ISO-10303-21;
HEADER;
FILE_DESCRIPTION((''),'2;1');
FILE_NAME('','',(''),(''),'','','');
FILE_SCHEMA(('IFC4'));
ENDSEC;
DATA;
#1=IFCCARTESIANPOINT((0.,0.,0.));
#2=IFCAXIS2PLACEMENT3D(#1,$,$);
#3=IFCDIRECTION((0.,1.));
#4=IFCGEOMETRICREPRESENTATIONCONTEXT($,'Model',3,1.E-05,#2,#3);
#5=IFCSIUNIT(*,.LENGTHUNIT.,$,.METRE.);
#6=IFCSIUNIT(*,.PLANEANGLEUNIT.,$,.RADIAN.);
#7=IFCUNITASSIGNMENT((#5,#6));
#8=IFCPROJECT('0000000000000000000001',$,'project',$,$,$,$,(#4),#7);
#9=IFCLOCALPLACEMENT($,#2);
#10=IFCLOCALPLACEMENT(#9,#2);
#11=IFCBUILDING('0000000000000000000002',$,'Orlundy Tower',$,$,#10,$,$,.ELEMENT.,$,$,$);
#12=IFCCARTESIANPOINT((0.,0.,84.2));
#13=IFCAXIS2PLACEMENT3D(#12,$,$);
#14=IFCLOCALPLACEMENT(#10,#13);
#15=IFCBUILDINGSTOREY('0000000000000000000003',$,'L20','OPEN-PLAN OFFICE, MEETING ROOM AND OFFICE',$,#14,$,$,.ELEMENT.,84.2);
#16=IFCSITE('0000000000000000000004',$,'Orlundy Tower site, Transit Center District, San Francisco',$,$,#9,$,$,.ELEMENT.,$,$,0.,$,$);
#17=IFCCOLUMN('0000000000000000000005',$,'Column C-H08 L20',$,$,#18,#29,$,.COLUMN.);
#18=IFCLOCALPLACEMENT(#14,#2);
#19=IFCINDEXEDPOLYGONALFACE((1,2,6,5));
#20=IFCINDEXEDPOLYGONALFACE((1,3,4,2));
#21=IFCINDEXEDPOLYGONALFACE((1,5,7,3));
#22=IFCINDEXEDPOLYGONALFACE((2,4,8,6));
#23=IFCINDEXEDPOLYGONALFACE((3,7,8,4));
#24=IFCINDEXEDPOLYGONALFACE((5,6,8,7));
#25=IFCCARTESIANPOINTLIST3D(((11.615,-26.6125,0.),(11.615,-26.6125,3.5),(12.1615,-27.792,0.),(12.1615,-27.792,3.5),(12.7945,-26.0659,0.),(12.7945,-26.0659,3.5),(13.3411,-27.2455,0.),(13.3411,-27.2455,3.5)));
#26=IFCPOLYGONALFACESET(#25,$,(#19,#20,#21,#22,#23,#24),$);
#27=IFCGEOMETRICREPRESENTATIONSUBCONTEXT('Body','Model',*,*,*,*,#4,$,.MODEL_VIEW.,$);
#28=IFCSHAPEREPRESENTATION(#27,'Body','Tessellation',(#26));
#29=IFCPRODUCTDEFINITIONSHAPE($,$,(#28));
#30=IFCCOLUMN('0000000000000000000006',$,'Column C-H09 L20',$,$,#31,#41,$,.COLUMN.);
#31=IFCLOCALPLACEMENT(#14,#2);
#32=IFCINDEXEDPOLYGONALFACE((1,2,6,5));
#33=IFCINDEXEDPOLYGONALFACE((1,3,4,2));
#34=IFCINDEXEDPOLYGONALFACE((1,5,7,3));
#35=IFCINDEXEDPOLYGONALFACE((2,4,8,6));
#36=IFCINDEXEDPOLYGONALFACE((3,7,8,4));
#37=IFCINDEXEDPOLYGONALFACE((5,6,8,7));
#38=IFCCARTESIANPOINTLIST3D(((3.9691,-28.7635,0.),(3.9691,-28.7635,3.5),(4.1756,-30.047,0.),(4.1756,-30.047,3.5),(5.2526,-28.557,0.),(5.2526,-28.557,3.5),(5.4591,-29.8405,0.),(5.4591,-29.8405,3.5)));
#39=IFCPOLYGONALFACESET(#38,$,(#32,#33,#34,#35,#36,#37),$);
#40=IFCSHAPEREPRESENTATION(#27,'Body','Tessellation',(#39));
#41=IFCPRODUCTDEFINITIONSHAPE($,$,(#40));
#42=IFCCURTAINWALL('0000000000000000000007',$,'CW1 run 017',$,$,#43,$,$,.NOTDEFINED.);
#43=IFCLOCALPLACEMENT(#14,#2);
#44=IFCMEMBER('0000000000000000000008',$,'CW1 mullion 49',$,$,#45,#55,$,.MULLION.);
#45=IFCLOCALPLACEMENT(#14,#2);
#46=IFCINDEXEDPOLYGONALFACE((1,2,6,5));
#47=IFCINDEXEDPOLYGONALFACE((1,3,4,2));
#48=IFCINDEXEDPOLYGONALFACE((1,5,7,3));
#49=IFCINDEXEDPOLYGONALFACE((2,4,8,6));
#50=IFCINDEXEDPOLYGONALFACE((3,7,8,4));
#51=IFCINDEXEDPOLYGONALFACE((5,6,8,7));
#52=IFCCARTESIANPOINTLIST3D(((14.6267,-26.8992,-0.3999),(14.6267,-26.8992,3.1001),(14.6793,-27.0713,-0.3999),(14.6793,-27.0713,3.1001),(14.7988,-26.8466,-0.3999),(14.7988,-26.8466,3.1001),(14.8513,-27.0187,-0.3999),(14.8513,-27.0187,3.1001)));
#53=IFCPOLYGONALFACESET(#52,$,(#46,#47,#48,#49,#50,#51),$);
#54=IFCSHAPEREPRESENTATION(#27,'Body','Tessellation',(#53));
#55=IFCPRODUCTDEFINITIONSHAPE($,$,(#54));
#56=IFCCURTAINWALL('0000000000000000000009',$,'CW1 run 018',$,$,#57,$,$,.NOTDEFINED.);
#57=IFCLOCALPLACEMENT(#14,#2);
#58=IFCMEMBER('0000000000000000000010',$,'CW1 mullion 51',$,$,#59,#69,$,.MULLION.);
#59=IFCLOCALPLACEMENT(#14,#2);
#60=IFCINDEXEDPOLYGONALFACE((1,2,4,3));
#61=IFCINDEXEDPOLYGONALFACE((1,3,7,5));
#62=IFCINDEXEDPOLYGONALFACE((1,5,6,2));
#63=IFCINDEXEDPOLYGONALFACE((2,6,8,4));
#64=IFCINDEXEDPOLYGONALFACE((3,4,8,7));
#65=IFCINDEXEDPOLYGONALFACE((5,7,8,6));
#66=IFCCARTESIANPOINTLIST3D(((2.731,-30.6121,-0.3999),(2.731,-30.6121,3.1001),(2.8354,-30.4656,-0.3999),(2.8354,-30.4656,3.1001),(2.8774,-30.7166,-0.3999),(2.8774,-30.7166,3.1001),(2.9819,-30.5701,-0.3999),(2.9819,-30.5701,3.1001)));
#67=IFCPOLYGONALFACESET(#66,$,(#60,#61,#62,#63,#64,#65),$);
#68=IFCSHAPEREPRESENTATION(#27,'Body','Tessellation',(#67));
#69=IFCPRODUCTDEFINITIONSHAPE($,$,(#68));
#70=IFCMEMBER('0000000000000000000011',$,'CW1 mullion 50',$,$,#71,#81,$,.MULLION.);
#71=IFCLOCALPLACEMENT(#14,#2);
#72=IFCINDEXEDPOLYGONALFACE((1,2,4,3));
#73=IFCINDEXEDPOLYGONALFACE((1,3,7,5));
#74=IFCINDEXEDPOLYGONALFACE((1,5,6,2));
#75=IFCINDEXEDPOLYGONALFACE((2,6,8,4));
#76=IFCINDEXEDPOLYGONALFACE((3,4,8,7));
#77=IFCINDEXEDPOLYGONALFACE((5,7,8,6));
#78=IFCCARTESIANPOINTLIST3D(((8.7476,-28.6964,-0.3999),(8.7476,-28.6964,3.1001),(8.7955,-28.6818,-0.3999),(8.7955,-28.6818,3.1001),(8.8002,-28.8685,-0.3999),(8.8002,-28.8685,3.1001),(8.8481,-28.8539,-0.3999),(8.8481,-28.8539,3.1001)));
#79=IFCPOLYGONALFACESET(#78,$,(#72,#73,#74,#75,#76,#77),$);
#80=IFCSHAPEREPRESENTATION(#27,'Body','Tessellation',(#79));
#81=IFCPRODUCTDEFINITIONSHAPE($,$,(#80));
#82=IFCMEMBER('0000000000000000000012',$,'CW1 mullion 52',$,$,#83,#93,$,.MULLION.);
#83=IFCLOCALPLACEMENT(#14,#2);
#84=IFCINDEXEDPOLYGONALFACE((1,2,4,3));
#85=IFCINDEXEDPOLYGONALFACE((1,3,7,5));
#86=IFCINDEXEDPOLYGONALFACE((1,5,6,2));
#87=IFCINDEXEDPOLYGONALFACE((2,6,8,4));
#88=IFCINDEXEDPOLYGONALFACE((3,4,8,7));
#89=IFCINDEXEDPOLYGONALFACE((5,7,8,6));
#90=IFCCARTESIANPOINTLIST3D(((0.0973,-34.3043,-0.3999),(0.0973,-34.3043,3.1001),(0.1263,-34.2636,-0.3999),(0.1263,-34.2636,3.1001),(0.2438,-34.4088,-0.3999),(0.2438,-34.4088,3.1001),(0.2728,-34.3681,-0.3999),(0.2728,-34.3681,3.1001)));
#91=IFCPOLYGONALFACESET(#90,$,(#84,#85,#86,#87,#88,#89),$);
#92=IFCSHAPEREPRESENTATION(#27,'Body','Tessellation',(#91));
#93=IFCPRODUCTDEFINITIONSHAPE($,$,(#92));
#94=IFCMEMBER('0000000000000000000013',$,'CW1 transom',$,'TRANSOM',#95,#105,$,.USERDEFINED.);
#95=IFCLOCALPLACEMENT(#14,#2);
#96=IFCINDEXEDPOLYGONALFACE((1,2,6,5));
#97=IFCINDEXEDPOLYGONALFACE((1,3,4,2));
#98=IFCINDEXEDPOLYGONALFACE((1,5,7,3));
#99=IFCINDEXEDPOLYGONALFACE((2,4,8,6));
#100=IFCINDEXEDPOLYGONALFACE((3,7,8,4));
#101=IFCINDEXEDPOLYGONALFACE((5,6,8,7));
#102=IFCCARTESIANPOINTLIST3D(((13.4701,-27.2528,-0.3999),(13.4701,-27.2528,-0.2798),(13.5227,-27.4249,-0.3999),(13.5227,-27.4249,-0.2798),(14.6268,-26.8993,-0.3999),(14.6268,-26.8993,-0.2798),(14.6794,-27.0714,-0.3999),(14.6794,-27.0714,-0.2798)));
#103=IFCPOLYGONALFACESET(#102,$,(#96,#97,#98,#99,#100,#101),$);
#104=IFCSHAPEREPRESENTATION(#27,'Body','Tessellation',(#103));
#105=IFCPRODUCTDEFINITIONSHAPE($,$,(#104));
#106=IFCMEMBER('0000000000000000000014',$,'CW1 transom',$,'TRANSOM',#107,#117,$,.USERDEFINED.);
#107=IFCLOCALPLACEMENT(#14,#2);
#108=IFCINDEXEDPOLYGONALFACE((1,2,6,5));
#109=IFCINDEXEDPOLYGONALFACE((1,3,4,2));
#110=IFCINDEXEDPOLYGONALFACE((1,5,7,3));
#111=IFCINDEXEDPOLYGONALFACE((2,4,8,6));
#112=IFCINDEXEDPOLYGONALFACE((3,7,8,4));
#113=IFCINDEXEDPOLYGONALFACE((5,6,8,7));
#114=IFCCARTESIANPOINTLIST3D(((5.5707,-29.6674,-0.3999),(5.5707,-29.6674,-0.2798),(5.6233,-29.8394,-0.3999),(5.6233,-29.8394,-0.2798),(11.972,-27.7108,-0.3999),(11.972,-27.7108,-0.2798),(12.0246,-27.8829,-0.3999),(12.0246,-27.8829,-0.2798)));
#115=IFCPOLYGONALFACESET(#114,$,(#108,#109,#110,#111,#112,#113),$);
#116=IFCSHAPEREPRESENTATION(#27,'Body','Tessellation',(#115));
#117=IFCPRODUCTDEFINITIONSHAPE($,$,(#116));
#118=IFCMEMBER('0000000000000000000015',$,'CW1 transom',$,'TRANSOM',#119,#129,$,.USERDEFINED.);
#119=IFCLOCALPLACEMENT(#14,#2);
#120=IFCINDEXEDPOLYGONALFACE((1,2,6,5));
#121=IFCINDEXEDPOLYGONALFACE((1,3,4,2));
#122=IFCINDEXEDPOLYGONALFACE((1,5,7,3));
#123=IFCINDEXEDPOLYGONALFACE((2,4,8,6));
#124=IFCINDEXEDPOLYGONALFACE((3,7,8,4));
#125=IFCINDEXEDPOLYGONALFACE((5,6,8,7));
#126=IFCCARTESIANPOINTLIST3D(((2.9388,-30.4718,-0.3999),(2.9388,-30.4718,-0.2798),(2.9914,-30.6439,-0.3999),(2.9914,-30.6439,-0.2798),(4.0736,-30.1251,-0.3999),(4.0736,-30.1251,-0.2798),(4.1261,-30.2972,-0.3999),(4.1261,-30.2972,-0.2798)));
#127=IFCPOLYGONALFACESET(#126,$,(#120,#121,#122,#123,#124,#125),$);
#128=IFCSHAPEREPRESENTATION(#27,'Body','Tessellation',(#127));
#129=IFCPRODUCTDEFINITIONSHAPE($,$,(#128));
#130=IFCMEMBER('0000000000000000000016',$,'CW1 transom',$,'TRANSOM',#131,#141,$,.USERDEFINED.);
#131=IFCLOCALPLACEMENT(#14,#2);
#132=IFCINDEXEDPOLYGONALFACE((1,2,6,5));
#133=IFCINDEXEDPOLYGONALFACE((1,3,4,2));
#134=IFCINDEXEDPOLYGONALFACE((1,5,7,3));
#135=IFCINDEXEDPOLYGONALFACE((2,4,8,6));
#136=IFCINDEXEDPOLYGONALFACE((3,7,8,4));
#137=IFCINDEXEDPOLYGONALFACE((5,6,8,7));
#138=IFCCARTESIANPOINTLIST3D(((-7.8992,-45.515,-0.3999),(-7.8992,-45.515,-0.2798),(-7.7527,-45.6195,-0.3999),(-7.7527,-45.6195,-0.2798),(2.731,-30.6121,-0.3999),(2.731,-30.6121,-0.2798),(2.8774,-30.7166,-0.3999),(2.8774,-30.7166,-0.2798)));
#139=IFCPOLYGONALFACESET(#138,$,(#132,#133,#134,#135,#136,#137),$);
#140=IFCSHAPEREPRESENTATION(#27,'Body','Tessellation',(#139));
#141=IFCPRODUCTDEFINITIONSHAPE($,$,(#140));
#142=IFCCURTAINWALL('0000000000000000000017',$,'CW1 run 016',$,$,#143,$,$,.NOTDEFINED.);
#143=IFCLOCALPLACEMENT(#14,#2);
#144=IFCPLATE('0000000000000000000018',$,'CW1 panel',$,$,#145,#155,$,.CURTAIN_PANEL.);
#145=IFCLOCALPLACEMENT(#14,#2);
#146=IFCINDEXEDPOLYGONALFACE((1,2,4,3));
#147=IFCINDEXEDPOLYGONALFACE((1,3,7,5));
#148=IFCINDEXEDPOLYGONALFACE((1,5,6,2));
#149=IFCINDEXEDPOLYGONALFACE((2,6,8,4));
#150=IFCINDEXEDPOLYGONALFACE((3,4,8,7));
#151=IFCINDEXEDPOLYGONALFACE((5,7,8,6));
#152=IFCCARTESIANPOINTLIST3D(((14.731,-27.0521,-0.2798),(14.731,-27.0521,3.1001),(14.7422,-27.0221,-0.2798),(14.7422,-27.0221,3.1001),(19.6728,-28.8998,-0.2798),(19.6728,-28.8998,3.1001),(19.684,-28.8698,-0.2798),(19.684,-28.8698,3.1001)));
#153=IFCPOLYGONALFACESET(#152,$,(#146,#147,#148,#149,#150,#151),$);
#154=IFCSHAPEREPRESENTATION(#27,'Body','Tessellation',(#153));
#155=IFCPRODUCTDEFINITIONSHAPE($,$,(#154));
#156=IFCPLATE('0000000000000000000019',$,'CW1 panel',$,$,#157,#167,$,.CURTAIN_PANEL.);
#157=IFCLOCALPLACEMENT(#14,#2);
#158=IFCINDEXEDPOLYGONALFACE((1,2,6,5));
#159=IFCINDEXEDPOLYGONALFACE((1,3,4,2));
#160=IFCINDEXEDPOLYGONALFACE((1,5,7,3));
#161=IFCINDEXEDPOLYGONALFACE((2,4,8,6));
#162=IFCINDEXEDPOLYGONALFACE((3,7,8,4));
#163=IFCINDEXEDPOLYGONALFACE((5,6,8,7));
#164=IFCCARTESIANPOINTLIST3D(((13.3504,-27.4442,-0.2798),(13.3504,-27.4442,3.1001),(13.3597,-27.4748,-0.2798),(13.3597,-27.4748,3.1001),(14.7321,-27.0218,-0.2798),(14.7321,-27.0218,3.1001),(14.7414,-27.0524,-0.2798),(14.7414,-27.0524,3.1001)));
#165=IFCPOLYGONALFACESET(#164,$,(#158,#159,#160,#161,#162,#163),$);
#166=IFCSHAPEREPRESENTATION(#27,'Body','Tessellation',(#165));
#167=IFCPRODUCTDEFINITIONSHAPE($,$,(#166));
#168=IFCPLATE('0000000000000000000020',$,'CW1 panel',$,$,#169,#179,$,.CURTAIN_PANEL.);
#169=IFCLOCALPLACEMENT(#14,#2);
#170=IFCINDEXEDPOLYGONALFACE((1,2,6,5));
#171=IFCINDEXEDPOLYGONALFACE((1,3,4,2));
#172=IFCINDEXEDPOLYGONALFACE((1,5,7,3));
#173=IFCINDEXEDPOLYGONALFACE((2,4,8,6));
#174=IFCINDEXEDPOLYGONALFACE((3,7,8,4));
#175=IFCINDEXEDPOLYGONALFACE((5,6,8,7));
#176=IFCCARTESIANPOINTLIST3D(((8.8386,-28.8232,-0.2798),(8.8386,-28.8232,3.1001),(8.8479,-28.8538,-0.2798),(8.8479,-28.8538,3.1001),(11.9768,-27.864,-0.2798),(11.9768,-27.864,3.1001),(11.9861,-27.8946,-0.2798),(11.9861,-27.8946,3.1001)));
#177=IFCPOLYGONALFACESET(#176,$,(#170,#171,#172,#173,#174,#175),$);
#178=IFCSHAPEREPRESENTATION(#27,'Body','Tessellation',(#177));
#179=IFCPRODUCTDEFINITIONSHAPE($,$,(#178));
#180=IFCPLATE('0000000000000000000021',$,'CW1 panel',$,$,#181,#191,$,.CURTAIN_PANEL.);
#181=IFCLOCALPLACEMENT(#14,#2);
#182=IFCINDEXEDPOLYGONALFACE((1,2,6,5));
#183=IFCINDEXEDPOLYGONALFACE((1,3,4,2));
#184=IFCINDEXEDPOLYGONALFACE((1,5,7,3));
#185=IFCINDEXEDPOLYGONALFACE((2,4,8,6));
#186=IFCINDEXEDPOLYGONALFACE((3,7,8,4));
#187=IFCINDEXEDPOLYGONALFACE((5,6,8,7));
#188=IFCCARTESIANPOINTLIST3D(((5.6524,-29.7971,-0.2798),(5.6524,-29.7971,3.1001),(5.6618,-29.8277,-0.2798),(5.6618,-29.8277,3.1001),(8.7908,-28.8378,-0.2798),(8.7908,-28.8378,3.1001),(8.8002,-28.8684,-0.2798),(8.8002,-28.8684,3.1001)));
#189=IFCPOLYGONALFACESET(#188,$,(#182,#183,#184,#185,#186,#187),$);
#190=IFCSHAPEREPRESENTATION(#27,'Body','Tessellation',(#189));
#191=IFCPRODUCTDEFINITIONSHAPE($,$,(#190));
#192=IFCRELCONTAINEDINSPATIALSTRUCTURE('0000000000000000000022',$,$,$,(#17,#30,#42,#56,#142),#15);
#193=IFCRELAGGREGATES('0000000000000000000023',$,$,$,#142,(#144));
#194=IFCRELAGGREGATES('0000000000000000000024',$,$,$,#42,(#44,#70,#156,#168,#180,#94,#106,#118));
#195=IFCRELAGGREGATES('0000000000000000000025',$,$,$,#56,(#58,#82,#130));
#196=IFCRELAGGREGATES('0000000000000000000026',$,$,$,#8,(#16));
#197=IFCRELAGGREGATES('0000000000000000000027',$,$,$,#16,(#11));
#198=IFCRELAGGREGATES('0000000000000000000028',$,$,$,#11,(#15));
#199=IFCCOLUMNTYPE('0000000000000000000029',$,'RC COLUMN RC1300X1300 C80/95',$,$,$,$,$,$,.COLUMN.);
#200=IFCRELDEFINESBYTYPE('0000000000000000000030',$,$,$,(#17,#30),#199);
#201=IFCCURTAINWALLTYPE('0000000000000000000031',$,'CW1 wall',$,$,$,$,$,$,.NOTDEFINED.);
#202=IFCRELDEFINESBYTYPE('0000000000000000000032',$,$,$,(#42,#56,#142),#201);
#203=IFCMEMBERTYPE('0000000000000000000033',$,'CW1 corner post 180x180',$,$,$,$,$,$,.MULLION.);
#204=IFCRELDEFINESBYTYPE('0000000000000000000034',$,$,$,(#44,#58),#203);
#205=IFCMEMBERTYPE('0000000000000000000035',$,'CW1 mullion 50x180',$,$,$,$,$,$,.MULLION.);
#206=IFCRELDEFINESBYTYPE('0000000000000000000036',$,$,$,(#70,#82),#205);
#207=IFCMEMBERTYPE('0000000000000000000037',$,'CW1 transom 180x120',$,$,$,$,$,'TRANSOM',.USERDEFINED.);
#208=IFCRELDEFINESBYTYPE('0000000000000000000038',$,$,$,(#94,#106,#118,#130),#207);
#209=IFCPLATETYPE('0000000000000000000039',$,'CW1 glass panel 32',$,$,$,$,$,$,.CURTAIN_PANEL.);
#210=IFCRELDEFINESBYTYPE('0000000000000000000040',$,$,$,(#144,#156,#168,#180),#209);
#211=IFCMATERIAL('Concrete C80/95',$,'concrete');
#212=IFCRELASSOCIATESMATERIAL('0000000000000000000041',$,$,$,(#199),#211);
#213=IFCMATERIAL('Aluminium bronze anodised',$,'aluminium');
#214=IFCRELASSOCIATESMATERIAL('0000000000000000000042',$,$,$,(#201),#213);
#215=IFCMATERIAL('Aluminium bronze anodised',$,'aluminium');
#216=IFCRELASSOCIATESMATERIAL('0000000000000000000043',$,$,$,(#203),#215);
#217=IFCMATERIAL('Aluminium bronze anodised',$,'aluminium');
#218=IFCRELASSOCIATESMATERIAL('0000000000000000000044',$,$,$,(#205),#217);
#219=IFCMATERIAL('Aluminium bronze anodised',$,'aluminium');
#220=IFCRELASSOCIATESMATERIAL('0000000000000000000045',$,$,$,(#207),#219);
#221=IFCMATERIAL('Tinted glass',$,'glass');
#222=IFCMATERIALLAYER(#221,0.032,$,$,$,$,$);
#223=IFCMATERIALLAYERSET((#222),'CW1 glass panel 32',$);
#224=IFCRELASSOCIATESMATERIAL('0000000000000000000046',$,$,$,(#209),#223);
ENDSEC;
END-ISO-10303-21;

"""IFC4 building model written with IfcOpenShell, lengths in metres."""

from ifc_helpers import new_model, si_unit, direction, frame, origin, origin_2d, place, context, subcontext, project, spatial, rectangle, extrude, material, layer, layer_set, material_profile, profile_set, type_object, element, aggregate, save


model = new_model("IFC4")

# Units and contexts
model_context = context("Model", 3, precision=1e-05, world=origin(), true_north=direction((0.0, 1.0)))
body_context = subcontext(model_context, "Body", "Model", "MODEL_VIEW")
ifc_project = project(units=[si_unit("LENGTHUNIT", "METRE"), si_unit("PLANEANGLEUNIT", "RADIAN")], contexts=[model_context])

# Site, building, storey
site_placement = place(None, origin())
site = spatial("IfcSite", under=ifc_project, at=site_placement, Name="Orlundy Tower site, Transit Center District, San Francisco", CompositionType="ELEMENT", RefElevation=0.0)
building_placement = place(site_placement, origin())
building = spatial("IfcBuilding", under=site, at=building_placement, Name="Orlundy Tower", CompositionType="ELEMENT")
storey_placement = place(building_placement, frame((0.0, 0.0, 84.2)))
storey = spatial("IfcBuildingStorey", under=building, at=storey_placement, Name="L20", Description="OPEN-PLAN OFFICE, MEETING ROOM AND OFFICE", CompositionType="ELEMENT", Elevation=84.2)

# Columns
ifc_material_1 = material(Name="Concrete C80/95", Category="concrete")
ifc_material_profile_1 = material_profile(ifc_material_1, rectangle(XDim=1.3, YDim=1.3, at=origin_2d()), Name="RC1300X1300")
ifc_profile_set_1 = profile_set([ifc_material_profile_1], Name="Concrete C80/95")
column_type = type_object("IfcColumnType", Name="RC COLUMN RC1300X1300 C80/95", PredefinedType="COLUMN", material=ifc_profile_set_1)
for number, where, z_axis, x_axis, name in (
    (1, (12.478, -26.929, 0.0), (0.0, 0.0, 1.0), (0.420418, -0.90733, 0.0), "Column C-H08 L20"),
    (2, (4.7141, -29.302, 0.0), (0.0, 0.0, 1.0), (0.15883, -0.987306, 0.0), "Column C-H09 L20"),
):
    element("IfcColumn", number, at=place(storey_placement, frame(where, z_axis=z_axis, x_axis=x_axis)), inside=storey, type_object=column_type, Name=name, PredefinedType="COLUMN", context=body_context, shape_type="SweptSolid", body=[
        extrude(rectangle(XDim=1.3, YDim=1.3, at=origin_2d()), origin(), (0.0, 0.0, 1.0), 3.5),
    ])

# Curtain walls, members
ifc_material_2 = material(Name="Aluminium bronze anodised", Category="aluminium")
curtain_wall_type = type_object("IfcCurtainWallType", Name="CW1 wall", PredefinedType="NOTDEFINED", material=ifc_material_2)
curtain_wall_1_placement = place(storey_placement, origin())
curtain_wall_1 = element("IfcCurtainWall", 3, at=curtain_wall_1_placement, inside=storey, type_object=curtain_wall_type, Name="CW1 run 017", PredefinedType="NOTDEFINED")
ifc_material_3 = material(Name="Aluminium bronze anodised", Category="aluminium")
ifc_material_profile_2 = material_profile(ifc_material_3, rectangle(XDim=0.1799, YDim=0.1799, at=origin_2d()), Name="CW1 corner post 180x180")
ifc_profile_set_2 = profile_set([ifc_material_profile_2], Name="Aluminium bronze anodised")
member_type_1 = type_object("IfcMemberType", Name="CW1 corner post 180x180", PredefinedType="MULLION", material=ifc_profile_set_2)
member_1_placement = place(storey_placement, frame((14.739, -26.959, -0.3999), z_axis=(0.0, 0.0, 1.0), x_axis=(0.292318, -0.956321, 0.0)))
member_1 = element("IfcMember", 4, at=member_1_placement, type_object=member_type_1, Name="CW1 mullion 49", PredefinedType="MULLION", context=body_context, shape_type="SweptSolid", body=[
    extrude(rectangle(XDim=0.1799, YDim=0.1799, at=origin_2d()), origin(), (0.0, 0.0, 1.0), 3.5),
])
curtain_wall_2_placement = place(storey_placement, origin())
curtain_wall_2 = element("IfcCurtainWall", 5, at=curtain_wall_2_placement, inside=storey, type_object=curtain_wall_type, Name="CW1 run 018", PredefinedType="NOTDEFINED")
member_2_placement = place(storey_placement, frame((2.8564, -30.5911, -0.3999), z_axis=(0.0, 0.0, 1.0), x_axis=(0.81411, -0.58071, 0.0)))
member_2 = element("IfcMember", 6, at=member_2_placement, type_object=member_type_1, Name="CW1 mullion 51", PredefinedType="MULLION", context=body_context, shape_type="SweptSolid", body=[
    extrude(rectangle(XDim=0.1799, YDim=0.1799, at=origin_2d()), origin(), (0.0, 0.0, 1.0), 3.5),
])

# Members
ifc_material_4 = material(Name="Aluminium bronze anodised", Category="aluminium")
ifc_material_profile_3 = material_profile(ifc_material_4, rectangle(XDim=0.1799, YDim=0.05, at=origin_2d()), Name="CW1 mullion 50x180")
ifc_profile_set_3 = profile_set([ifc_material_profile_3], Name="Aluminium bronze anodised")
member_type_2 = type_object("IfcMemberType", Name="CW1 mullion 50x180", PredefinedType="MULLION", material=ifc_profile_set_3)
member_3_placement = place(storey_placement, frame((8.7979, -28.7751, -0.3999), z_axis=(0.0, 0.0, 1.0), x_axis=(0.292318, -0.956321, 0.0)))
member_3 = element("IfcMember", 7, at=member_3_placement, type_object=member_type_2, Name="CW1 mullion 50", PredefinedType="MULLION", context=body_context, shape_type="SweptSolid", body=[
    extrude(rectangle(XDim=0.1799, YDim=0.05, at=origin_2d()), origin(), (0.0, 0.0, 1.0), 3.5),
])
member_4_placement = place(storey_placement, frame((0.1851, -34.3362, -0.3999), z_axis=(0.0, 0.0, 1.0), x_axis=(0.81411, -0.58071, 0.0)))
member_4 = element("IfcMember", 8, at=member_4_placement, type_object=member_type_2, Name="CW1 mullion 52", PredefinedType="MULLION", context=body_context, shape_type="SweptSolid", body=[
    extrude(rectangle(XDim=0.1799, YDim=0.05, at=origin_2d()), origin(), (0.0, 0.0, 1.0), 3.5),
])
ifc_material_5 = material(Name="Aluminium bronze anodised", Category="aluminium")
ifc_material_profile_4 = material_profile(ifc_material_5, rectangle(XDim=0.1799, YDim=0.1201, at=origin_2d()), Name="CW1 transom 180x120")
ifc_profile_set_4 = profile_set([ifc_material_profile_4], Name="Aluminium bronze anodised")
member_type_3 = type_object("IfcMemberType", Name="CW1 transom 180x120", ElementType="TRANSOM", PredefinedType="USERDEFINED", material=ifc_profile_set_4)
member_5_placement = place(storey_placement, frame((14.6531, -26.9854, -0.3398), z_axis=(-0.956336, -0.29227, 0.0), x_axis=(0.29227, -0.956336, 0.0)))
member_5 = element("IfcMember", 9, at=member_5_placement, type_object=member_type_3, Name="CW1 transom", ObjectType="TRANSOM", PredefinedType="USERDEFINED", context=body_context, shape_type="SweptSolid", body=[
    extrude(rectangle(XDim=0.1799, YDim=0.1201, at=origin_2d()), origin(), (0.0, 0.0, 1.0), 1.2095),
])
member_6_placement = place(storey_placement, frame((11.9983, -27.7969, -0.3398), z_axis=(-0.956328, -0.292296, 0.0), x_axis=(0.292296, -0.956328, 0.0)))
member_6 = element("IfcMember", 10, at=member_6_placement, type_object=member_type_3, Name="CW1 transom", ObjectType="TRANSOM", PredefinedType="USERDEFINED", context=body_context, shape_type="SweptSolid", body=[
    extrude(rectangle(XDim=0.1799, YDim=0.1201, at=origin_2d()), origin(), (0.0, 0.0, 1.0), 6.6936),
])
member_7_placement = place(storey_placement, frame((4.0999, -30.2112, -0.3398), z_axis=(-0.956364, -0.292177, 0.0), x_axis=(0.292177, -0.956364, 0.0)))
member_7 = element("IfcMember", 11, at=member_7_placement, type_object=member_type_3, Name="CW1 transom", ObjectType="TRANSOM", PredefinedType="USERDEFINED", context=body_context, shape_type="SweptSolid", body=[
    extrude(rectangle(XDim=0.1799, YDim=0.1201, at=origin_2d()), origin(), (0.0, 0.0, 1.0), 1.1865),
])
member_8_placement = place(storey_placement, frame((2.8042, -30.6643, -0.3398), z_axis=(-0.580704, -0.814114, 0.0), x_axis=(0.814114, -0.580704, 0.0)))
member_8 = element("IfcMember", 12, at=member_8_placement, type_object=member_type_3, Name="CW1 transom", ObjectType="TRANSOM", PredefinedType="USERDEFINED", context=body_context, shape_type="SweptSolid", body=[
    extrude(rectangle(XDim=0.1799, YDim=0.1201, at=origin_2d()), origin(), (0.0, 0.0, 1.0), 18.3057),
])

# Curtain wall, plate
curtain_wall_3_placement = place(storey_placement, origin())
curtain_wall_3 = element("IfcCurtainWall", 13, at=curtain_wall_3_placement, inside=storey, type_object=curtain_wall_type, Name="CW1 run 016", PredefinedType="NOTDEFINED")
ifc_material_6 = material(Name="Tinted glass", Category="glass")
ifc_layer_1 = layer(ifc_material_6, 0.032)
ifc_layer_set_1 = layer_set([ifc_layer_1], Name="CW1 glass panel 32")
plate_type = type_object("IfcPlateType", Name="CW1 glass panel 32", PredefinedType="CURTAIN_PANEL", material=ifc_layer_set_1)
plate_1_placement = place(storey_placement, frame((17.2075, -27.9609, -0.2798), z_axis=(0.0, 0.0, 1.0), x_axis=(-0.936668, 0.350219, 0.0)))
plate_1 = element("IfcPlate", 14, at=plate_1_placement, type_object=plate_type, Name="CW1 panel", PredefinedType="CURTAIN_PANEL", context=body_context, shape_type="SweptSolid", body=[
    extrude(rectangle(XDim=5.2759, YDim=0.032, at=origin_2d()), origin(), (0.0, 0.0, 1.0), 3.3799),
])
aggregate(curtain_wall_3, [plate_1])

# Plates
plate_2_placement = place(storey_placement, frame((14.0459, -27.2483, -0.2798), z_axis=(0.0, 0.0, 1.0), x_axis=(-0.956321, -0.292318, 0.0)))
plate_2 = element("IfcPlate", 15, at=plate_2_placement, type_object=plate_type, Name="CW1 panel", PredefinedType="CURTAIN_PANEL", context=body_context, shape_type="SweptSolid", body=[
    extrude(rectangle(XDim=1.4448, YDim=0.032, at=origin_2d()), origin(), (0.0, 0.0, 1.0), 3.3799),
])
plate_3_placement = place(storey_placement, frame((10.4124, -28.3589, -0.2798), z_axis=(0.0, 0.0, 1.0), x_axis=(-0.956321, -0.292318, 0.0)))
plate_3 = element("IfcPlate", 16, at=plate_3_placement, type_object=plate_type, Name="CW1 panel", PredefinedType="CURTAIN_PANEL", context=body_context, shape_type="SweptSolid", body=[
    extrude(rectangle(XDim=3.2815, YDim=0.032, at=origin_2d()), origin(), (0.0, 0.0, 1.0), 3.3799),
])
plate_4_placement = place(storey_placement, frame((7.2263, -29.3328, -0.2798), z_axis=(0.0, 0.0, 1.0), x_axis=(-0.956321, -0.292318, 0.0)))
plate_4 = element("IfcPlate", 17, at=plate_4_placement, type_object=plate_type, Name="CW1 panel", PredefinedType="CURTAIN_PANEL", context=body_context, shape_type="SweptSolid", body=[
    extrude(rectangle(XDim=3.2817, YDim=0.032, at=origin_2d()), origin(), (0.0, 0.0, 1.0), 3.3799),
])
aggregate(curtain_wall_1, [member_1, member_3, plate_2, plate_3, plate_4, member_5, member_6, member_7])
aggregate(curtain_wall_2, [member_2, member_4, member_8])

save(model, "model.ifc")
